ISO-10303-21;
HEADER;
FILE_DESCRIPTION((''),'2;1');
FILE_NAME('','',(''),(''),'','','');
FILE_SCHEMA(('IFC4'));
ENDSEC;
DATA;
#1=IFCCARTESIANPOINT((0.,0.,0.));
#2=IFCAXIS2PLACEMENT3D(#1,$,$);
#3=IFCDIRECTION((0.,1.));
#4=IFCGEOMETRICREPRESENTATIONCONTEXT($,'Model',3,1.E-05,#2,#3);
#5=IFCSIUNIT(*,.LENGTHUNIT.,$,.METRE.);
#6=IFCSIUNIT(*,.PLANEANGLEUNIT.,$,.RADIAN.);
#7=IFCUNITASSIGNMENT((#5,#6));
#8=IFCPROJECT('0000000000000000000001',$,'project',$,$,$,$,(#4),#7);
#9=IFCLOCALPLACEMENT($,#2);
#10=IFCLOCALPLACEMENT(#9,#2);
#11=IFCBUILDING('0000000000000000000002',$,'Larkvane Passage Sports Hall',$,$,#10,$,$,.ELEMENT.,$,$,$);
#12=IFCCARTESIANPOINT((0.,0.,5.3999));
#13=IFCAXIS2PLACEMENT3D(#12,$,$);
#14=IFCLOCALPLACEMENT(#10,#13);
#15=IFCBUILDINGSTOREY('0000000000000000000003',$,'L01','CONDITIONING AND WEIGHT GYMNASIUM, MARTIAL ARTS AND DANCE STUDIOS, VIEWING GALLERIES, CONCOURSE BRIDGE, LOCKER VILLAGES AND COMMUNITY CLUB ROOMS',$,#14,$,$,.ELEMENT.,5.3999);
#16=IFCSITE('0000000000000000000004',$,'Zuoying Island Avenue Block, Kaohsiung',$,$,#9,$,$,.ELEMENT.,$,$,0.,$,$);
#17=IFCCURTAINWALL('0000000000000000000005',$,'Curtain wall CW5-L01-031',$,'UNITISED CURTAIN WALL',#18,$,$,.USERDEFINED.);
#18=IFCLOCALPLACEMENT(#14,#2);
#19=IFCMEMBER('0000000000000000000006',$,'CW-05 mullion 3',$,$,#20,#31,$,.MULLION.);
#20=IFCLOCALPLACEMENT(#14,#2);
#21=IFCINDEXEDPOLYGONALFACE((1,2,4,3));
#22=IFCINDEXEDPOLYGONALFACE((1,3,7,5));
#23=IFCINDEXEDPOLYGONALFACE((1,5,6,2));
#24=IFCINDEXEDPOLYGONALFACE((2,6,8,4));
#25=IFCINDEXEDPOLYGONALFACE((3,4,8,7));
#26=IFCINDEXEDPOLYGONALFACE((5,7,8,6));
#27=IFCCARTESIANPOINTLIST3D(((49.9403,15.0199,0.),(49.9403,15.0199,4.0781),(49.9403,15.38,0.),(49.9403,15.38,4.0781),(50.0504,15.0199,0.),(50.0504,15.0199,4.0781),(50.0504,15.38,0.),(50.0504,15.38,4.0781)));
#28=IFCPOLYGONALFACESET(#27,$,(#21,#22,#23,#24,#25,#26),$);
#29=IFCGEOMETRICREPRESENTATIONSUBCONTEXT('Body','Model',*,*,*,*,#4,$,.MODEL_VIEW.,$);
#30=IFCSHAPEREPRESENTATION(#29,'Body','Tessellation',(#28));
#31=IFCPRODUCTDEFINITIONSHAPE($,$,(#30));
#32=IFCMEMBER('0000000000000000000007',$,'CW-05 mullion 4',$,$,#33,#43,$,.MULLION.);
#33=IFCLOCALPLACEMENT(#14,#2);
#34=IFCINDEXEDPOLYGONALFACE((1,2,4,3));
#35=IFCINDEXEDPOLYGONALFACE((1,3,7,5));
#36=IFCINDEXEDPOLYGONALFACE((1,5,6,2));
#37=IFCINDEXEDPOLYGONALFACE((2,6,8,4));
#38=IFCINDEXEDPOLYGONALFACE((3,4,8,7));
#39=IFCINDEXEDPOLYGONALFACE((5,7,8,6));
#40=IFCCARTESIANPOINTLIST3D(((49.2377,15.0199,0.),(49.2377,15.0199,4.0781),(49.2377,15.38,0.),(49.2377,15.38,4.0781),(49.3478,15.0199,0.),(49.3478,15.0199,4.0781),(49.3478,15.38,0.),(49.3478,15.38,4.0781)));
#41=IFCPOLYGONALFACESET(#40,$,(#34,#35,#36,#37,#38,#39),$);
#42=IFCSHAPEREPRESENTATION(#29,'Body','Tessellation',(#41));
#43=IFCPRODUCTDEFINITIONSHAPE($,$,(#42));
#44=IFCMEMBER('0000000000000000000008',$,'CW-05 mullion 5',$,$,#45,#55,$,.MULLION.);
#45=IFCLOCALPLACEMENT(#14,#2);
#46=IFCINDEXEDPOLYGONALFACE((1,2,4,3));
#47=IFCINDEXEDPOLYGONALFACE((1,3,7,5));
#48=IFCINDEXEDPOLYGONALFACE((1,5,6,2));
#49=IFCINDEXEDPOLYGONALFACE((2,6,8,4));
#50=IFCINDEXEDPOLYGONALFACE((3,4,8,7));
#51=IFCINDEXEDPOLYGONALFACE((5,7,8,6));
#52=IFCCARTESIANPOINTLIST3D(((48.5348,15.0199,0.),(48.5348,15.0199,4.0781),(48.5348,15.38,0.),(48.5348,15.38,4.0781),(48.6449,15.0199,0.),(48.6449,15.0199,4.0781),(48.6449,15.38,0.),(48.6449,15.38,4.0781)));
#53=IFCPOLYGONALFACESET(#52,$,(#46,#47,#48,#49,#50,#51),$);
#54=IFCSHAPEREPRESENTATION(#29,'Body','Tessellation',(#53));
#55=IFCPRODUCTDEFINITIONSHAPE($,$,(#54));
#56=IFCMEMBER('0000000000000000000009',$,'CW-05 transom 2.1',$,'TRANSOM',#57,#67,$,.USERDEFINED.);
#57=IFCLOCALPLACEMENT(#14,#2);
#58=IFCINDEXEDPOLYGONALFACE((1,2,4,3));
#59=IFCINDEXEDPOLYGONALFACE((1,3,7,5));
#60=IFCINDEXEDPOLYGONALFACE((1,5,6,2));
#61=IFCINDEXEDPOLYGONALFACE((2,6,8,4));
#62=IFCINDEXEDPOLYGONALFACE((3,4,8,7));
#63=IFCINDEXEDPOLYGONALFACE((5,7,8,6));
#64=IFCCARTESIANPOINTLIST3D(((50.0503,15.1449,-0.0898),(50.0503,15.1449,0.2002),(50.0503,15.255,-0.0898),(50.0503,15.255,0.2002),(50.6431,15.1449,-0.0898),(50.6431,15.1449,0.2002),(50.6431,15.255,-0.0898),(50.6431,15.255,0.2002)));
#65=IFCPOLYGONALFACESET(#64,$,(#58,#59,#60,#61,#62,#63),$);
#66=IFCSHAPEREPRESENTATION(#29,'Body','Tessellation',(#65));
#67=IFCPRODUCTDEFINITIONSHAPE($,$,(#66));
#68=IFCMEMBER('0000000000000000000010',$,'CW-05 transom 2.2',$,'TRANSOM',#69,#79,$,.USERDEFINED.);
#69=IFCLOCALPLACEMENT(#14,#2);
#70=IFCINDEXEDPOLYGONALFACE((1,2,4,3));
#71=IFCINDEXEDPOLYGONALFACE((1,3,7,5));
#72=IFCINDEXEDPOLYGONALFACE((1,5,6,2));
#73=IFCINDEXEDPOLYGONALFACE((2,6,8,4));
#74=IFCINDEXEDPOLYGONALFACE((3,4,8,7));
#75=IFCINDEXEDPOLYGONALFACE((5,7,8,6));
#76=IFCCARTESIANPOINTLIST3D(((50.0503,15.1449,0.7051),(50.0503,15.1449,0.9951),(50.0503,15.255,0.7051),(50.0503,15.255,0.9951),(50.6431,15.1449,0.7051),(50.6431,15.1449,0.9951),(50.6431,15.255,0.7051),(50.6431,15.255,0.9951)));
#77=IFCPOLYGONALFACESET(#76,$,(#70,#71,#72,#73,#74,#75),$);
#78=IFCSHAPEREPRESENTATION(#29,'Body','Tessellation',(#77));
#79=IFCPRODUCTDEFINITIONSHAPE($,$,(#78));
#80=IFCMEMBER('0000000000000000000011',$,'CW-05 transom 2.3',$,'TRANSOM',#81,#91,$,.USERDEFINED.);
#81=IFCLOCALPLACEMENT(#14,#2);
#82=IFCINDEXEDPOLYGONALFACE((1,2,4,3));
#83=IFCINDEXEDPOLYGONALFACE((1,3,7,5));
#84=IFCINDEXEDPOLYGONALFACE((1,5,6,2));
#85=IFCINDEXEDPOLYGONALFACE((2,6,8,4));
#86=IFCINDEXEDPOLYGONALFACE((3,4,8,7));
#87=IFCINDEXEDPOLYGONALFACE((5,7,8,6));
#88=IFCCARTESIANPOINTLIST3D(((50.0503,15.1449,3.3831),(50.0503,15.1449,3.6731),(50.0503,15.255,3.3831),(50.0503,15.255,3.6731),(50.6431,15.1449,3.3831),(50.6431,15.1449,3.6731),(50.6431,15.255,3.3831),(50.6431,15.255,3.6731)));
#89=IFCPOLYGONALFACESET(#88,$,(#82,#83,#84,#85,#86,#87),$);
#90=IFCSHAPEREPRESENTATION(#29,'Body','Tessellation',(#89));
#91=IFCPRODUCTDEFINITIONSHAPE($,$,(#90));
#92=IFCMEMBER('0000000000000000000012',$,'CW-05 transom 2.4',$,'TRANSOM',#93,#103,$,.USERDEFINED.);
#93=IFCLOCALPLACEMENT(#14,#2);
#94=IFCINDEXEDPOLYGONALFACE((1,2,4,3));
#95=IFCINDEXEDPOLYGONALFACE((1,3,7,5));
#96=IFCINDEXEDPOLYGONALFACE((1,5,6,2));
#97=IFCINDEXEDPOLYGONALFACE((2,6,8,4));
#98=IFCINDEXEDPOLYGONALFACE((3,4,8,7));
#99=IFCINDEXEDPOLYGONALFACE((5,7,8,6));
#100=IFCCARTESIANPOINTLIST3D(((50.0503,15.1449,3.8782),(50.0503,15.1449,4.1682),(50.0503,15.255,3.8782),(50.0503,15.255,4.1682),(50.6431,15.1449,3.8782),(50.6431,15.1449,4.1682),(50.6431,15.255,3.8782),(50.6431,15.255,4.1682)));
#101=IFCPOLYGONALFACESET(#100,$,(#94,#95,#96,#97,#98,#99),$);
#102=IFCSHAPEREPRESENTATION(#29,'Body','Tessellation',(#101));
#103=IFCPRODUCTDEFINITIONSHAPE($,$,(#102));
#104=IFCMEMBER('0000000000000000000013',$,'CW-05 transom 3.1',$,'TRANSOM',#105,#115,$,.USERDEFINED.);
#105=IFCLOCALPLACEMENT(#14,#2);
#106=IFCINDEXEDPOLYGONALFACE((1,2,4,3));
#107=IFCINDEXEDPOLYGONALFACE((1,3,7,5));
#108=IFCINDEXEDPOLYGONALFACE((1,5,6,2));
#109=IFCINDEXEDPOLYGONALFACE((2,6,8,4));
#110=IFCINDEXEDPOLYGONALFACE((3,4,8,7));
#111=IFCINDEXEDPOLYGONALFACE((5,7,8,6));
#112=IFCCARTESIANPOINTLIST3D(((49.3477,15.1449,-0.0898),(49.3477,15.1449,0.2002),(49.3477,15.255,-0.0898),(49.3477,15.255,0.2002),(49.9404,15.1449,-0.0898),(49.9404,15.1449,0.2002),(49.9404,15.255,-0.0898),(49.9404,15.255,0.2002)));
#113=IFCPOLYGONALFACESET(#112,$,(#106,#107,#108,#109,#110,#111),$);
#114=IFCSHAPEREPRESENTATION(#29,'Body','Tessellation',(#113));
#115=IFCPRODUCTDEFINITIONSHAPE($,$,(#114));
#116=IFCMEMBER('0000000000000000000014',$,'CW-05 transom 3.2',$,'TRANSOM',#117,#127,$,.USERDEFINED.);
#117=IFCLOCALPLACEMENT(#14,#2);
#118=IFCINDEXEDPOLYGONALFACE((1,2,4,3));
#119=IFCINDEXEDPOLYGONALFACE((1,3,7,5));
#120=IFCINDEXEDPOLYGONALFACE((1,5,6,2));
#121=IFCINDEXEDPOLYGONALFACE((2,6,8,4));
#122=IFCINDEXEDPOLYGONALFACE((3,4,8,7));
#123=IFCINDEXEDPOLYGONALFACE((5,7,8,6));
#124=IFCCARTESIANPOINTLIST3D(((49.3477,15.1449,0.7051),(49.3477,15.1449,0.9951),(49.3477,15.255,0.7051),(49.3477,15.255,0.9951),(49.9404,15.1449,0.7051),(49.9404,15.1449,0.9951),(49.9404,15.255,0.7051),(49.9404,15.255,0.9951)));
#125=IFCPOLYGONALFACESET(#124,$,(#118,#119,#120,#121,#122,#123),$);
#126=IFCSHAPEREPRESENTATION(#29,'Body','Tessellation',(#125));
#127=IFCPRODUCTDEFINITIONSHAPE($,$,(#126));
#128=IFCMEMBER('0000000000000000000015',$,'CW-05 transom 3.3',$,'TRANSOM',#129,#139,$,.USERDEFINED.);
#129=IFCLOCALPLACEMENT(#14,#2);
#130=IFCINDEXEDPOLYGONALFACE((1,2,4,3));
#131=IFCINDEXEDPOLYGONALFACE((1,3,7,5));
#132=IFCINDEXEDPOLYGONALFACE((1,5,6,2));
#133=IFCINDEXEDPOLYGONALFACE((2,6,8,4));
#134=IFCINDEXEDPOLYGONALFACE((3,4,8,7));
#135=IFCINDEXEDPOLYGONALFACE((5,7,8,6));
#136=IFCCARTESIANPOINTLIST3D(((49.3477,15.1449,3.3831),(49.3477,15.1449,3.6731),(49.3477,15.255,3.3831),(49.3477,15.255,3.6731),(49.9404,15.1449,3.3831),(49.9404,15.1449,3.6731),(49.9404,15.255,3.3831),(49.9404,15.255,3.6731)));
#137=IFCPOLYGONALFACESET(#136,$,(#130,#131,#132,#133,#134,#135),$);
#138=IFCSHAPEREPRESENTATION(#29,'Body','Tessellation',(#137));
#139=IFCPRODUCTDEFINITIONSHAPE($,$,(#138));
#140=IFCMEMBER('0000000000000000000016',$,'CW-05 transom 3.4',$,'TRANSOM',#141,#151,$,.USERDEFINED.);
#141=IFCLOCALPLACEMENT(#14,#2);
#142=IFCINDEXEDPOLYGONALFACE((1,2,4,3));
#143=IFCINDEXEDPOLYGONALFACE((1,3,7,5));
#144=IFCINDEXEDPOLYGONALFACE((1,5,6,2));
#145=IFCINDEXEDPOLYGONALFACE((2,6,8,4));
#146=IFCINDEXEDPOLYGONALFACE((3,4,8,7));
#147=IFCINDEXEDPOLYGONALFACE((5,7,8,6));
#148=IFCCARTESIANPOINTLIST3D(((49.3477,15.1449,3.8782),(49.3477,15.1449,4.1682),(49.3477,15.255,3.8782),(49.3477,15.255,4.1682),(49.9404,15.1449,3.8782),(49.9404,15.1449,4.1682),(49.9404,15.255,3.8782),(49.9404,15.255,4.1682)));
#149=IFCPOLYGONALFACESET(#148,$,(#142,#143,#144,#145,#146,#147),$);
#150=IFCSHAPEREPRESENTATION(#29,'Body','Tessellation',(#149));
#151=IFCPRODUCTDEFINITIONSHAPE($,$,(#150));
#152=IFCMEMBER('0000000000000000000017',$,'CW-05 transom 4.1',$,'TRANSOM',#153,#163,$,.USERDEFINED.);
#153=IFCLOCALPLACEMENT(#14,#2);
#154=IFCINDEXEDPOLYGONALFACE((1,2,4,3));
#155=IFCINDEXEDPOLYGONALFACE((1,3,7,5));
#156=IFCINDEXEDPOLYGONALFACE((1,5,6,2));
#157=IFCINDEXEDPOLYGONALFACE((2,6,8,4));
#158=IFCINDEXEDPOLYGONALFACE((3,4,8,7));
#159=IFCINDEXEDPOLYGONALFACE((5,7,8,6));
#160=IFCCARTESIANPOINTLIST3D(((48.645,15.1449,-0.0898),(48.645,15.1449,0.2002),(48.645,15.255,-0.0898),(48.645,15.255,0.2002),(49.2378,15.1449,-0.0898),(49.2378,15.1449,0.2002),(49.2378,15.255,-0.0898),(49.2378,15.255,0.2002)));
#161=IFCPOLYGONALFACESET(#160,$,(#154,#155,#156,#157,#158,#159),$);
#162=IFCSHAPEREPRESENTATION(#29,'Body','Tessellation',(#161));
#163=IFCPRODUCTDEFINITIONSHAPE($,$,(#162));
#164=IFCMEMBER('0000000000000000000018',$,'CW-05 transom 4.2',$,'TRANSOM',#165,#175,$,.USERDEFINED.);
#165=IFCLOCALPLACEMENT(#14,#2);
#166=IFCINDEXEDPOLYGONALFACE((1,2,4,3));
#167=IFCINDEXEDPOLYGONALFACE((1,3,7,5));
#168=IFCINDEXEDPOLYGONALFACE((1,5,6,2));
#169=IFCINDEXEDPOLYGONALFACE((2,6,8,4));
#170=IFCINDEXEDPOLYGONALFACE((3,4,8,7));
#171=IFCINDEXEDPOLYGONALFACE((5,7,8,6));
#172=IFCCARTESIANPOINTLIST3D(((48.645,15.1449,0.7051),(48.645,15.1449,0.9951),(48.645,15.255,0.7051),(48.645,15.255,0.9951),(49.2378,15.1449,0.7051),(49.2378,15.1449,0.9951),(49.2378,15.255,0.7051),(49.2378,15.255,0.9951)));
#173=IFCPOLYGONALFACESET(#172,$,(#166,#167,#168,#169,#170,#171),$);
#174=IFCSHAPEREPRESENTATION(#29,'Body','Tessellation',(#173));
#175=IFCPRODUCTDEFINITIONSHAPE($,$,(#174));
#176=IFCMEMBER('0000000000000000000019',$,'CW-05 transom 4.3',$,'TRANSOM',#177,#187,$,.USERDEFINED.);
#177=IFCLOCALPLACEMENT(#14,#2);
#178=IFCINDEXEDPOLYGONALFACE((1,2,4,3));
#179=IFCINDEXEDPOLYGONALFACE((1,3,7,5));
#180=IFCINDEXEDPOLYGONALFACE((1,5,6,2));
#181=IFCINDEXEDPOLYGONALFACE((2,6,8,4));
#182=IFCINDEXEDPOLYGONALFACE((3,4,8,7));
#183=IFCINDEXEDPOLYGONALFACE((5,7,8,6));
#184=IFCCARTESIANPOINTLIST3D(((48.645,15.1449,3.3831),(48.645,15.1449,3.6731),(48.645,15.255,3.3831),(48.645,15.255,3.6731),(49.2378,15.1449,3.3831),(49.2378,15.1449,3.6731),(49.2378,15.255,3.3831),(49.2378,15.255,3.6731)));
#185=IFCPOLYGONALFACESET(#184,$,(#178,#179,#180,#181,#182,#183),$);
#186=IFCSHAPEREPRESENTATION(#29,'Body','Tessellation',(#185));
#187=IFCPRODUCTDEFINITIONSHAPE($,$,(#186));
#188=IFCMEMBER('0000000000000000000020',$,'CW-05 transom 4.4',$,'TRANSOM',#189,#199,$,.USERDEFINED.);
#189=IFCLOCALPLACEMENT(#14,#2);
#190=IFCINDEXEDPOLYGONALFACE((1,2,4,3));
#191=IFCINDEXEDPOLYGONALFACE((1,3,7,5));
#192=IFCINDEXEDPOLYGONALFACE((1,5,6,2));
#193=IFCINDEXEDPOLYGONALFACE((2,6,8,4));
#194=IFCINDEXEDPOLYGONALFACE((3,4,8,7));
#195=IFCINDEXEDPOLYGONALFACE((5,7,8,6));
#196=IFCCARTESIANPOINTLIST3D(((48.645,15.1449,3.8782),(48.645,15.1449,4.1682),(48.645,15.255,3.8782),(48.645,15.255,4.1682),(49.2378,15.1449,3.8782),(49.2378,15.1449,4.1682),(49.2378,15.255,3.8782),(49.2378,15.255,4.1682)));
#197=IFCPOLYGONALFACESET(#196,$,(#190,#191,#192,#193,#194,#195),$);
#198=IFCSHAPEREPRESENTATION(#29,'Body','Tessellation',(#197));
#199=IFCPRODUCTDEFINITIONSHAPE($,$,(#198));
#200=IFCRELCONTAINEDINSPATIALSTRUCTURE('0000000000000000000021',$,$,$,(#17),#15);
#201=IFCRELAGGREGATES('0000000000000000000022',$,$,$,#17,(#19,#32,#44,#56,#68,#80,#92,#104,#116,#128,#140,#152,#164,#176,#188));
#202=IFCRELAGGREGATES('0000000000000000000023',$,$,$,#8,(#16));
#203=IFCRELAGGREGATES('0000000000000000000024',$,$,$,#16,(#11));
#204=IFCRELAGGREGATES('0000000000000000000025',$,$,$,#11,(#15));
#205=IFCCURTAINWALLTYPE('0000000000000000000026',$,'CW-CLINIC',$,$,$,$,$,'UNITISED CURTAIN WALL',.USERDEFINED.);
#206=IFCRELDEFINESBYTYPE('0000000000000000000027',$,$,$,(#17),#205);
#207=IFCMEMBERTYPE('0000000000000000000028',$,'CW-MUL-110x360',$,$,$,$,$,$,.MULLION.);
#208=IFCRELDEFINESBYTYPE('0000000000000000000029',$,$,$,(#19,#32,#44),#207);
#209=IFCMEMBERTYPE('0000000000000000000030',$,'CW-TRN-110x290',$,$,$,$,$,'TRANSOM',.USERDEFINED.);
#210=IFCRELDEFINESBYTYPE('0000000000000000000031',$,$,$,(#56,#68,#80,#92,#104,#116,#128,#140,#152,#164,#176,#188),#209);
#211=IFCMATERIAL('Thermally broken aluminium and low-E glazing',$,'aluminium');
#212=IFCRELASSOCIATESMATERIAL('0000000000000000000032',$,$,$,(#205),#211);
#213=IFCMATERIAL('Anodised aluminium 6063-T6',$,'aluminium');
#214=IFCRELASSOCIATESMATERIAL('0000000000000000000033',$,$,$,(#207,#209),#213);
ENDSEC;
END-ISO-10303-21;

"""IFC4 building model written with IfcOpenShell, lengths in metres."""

from ifc_helpers import new_model, si_unit, direction, frame, origin, origin_2d, place, context, subcontext, project, spatial, rectangle, extrude, material, material_profile, profile_set, type_object, element, aggregate, save


model = new_model("IFC4")

# Units and contexts
model_context = context("Model", 3, precision=1e-05, world=origin(), true_north=direction((0.0, 1.0)))
body_context = subcontext(model_context, "Body", "Model", "MODEL_VIEW")
ifc_project = project(units=[si_unit("LENGTHUNIT", "METRE"), si_unit("PLANEANGLEUNIT", "RADIAN")], contexts=[model_context])

# Site, building, storey
site_placement = place(None, origin())
site = spatial("IfcSite", under=ifc_project, at=site_placement, Name="Zuoying Island Avenue Block, Kaohsiung", CompositionType="ELEMENT", RefElevation=0.0)
building_placement = place(site_placement, origin())
building = spatial("IfcBuilding", under=site, at=building_placement, Name="Larkvane Passage Sports Hall", CompositionType="ELEMENT")
storey_placement = place(building_placement, frame((0.0, 0.0, 5.3999)))
storey = spatial("IfcBuildingStorey", under=building, at=storey_placement, Name="L01", Description="CONDITIONING AND WEIGHT GYMNASIUM, MARTIAL ARTS AND DANCE STUDIOS, VIEWING GALLERIES, CONCOURSE BRIDGE, LOCKER VILLAGES AND COMMUNITY CLUB ROOMS", CompositionType="ELEMENT", Elevation=5.3999)

# Curtain wall, members
ifc_material_1 = material(Name="Thermally broken aluminium and low-E glazing", Category="aluminium")
curtain_wall_type = type_object("IfcCurtainWallType", Name="CW-CLINIC", ElementType="UNITISED CURTAIN WALL", PredefinedType="USERDEFINED", material=ifc_material_1)
curtain_wall_placement = place(storey_placement, origin())
curtain_wall = element("IfcCurtainWall", 1, at=curtain_wall_placement, inside=storey, type_object=curtain_wall_type, Name="Curtain wall CW5-L01-031", ObjectType="UNITISED CURTAIN WALL", PredefinedType="USERDEFINED")
ifc_material_2 = material(Name="Anodised aluminium 6063-T6", Category="aluminium")
ifc_material_profile_1 = material_profile(ifc_material_2, rectangle(XDim=0.1101, YDim=0.3601, at=origin_2d()), Name="ALU-MUL-110x360")
ifc_profile_set_1 = profile_set([ifc_material_profile_1], Name="Anodised aluminium 6063-T6")
member_type_1 = type_object("IfcMemberType", Name="CW-MUL-110x360", PredefinedType="MULLION", material=ifc_profile_set_1)
member_1_placement = place(storey_placement, frame((49.9954, 15.2, 0.0), z_axis=(0.0, 0.0, 1.0), x_axis=(-1.0, 0.0, 0.0)))
member_1 = element("IfcMember", 2, at=member_1_placement, type_object=member_type_1, Name="CW-05 mullion 3", PredefinedType="MULLION", context=body_context, shape_type="SweptSolid", body=[
    extrude(rectangle(XDim=0.1101, YDim=0.3601, at=origin_2d()), origin(), (0.0, 0.0, 1.0), 4.0781),
])
member_2_placement = place(storey_placement, frame((49.2927, 15.2, 0.0), z_axis=(0.0, 0.0, 1.0), x_axis=(-1.0, 0.0, 0.0)))
member_2 = element("IfcMember", 3, at=member_2_placement, type_object=member_type_1, Name="CW-05 mullion 4", PredefinedType="MULLION", context=body_context, shape_type="SweptSolid", body=[
    extrude(rectangle(XDim=0.1101, YDim=0.3601, at=origin_2d()), origin(), (0.0, 0.0, 1.0), 4.0781),
])
member_3_placement = place(storey_placement, frame((48.5898, 15.2, 0.0), z_axis=(0.0, 0.0, 1.0), x_axis=(-1.0, 0.0, 0.0)))
member_3 = element("IfcMember", 4, at=member_3_placement, type_object=member_type_1, Name="CW-05 mullion 5", PredefinedType="MULLION", context=body_context, shape_type="SweptSolid", body=[
    extrude(rectangle(XDim=0.1101, YDim=0.3601, at=origin_2d()), origin(), (0.0, 0.0, 1.0), 4.0781),
])
ifc_material_profile_2 = material_profile(ifc_material_2, rectangle(XDim=0.1101, YDim=0.29, at=origin_2d()), Name="ALU-TRN-110x290")
ifc_profile_set_2 = profile_set([ifc_material_profile_2], Name="Anodised aluminium 6063-T6")
member_type_2 = type_object("IfcMemberType", Name="CW-TRN-110x290", ElementType="TRANSOM", PredefinedType="USERDEFINED", material=ifc_profile_set_2)
member_4_placement = place(storey_placement, frame((50.6431, 15.2, 0.0552), z_axis=(-1.0, 0.0, 0.0), x_axis=(0.0, -1.0, 0.0)))
member_4 = element("IfcMember", 5, at=member_4_placement, type_object=member_type_2, Name="CW-05 transom 2.1", ObjectType="TRANSOM", PredefinedType="USERDEFINED", context=body_context, shape_type="SweptSolid", body=[
    extrude(rectangle(XDim=0.1101, YDim=0.29, at=origin_2d()), origin(), (0.0, 0.0, 1.0), 0.5928),
])
member_5_placement = place(storey_placement, frame((50.6431, 15.2, 0.8501), z_axis=(-1.0, 0.0, 0.0), x_axis=(0.0, -1.0, 0.0)))
member_5 = element("IfcMember", 6, at=member_5_placement, type_object=member_type_2, Name="CW-05 transom 2.2", ObjectType="TRANSOM", PredefinedType="USERDEFINED", context=body_context, shape_type="SweptSolid", body=[
    extrude(rectangle(XDim=0.1101, YDim=0.29, at=origin_2d()), origin(), (0.0, 0.0, 1.0), 0.5928),
])
member_6_placement = place(storey_placement, frame((50.6431, 15.2, 3.5281), z_axis=(-1.0, 0.0, 0.0), x_axis=(0.0, -1.0, 0.0)))
member_6 = element("IfcMember", 7, at=member_6_placement, type_object=member_type_2, Name="CW-05 transom 2.3", ObjectType="TRANSOM", PredefinedType="USERDEFINED", context=body_context, shape_type="SweptSolid", body=[
    extrude(rectangle(XDim=0.1101, YDim=0.29, at=origin_2d()), origin(), (0.0, 0.0, 1.0), 0.5928),
])
member_7_placement = place(storey_placement, frame((50.6431, 15.2, 4.0232), z_axis=(-1.0, 0.0, 0.0), x_axis=(0.0, -1.0, 0.0)))
member_7 = element("IfcMember", 8, at=member_7_placement, type_object=member_type_2, Name="CW-05 transom 2.4", ObjectType="TRANSOM", PredefinedType="USERDEFINED", context=body_context, shape_type="SweptSolid", body=[
    extrude(rectangle(XDim=0.1101, YDim=0.29, at=origin_2d()), origin(), (0.0, 0.0, 1.0), 0.5928),
])
member_8_placement = place(storey_placement, frame((49.9404, 15.2, 0.0552), z_axis=(-1.0, 0.0, 0.0), x_axis=(0.0, -1.0, 0.0)))
member_8 = element("IfcMember", 9, at=member_8_placement, type_object=member_type_2, Name="CW-05 transom 3.1", ObjectType="TRANSOM", PredefinedType="USERDEFINED", context=body_context, shape_type="SweptSolid", body=[
    extrude(rectangle(XDim=0.1101, YDim=0.29, at=origin_2d()), origin(), (0.0, 0.0, 1.0), 0.5928),
])
member_9_placement = place(storey_placement, frame((49.9404, 15.2, 0.8501), z_axis=(-1.0, 0.0, 0.0), x_axis=(0.0, -1.0, 0.0)))
member_9 = element("IfcMember", 10, at=member_9_placement, type_object=member_type_2, Name="CW-05 transom 3.2", ObjectType="TRANSOM", PredefinedType="USERDEFINED", context=body_context, shape_type="SweptSolid", body=[
    extrude(rectangle(XDim=0.1101, YDim=0.29, at=origin_2d()), origin(), (0.0, 0.0, 1.0), 0.5928),
])
member_10_placement = place(storey_placement, frame((49.9404, 15.2, 3.5281), z_axis=(-1.0, 0.0, 0.0), x_axis=(0.0, -1.0, 0.0)))
member_10 = element("IfcMember", 11, at=member_10_placement, type_object=member_type_2, Name="CW-05 transom 3.3", ObjectType="TRANSOM", PredefinedType="USERDEFINED", context=body_context, shape_type="SweptSolid", body=[
    extrude(rectangle(XDim=0.1101, YDim=0.29, at=origin_2d()), origin(), (0.0, 0.0, 1.0), 0.5928),
])
member_11_placement = place(storey_placement, frame((49.9404, 15.2, 4.0232), z_axis=(-1.0, 0.0, 0.0), x_axis=(0.0, -1.0, 0.0)))
member_11 = element("IfcMember", 12, at=member_11_placement, type_object=member_type_2, Name="CW-05 transom 3.4", ObjectType="TRANSOM", PredefinedType="USERDEFINED", context=body_context, shape_type="SweptSolid", body=[
    extrude(rectangle(XDim=0.1101, YDim=0.29, at=origin_2d()), origin(), (0.0, 0.0, 1.0), 0.5928),
])
member_12_placement = place(storey_placement, frame((49.2378, 15.2, 0.0552), z_axis=(-1.0, 0.0, 0.0), x_axis=(0.0, -1.0, 0.0)))
member_12 = element("IfcMember", 13, at=member_12_placement, type_object=member_type_2, Name="CW-05 transom 4.1", ObjectType="TRANSOM", PredefinedType="USERDEFINED", context=body_context, shape_type="SweptSolid", body=[
    extrude(rectangle(XDim=0.1101, YDim=0.29, at=origin_2d()), origin(), (0.0, 0.0, 1.0), 0.5928),
])
member_13_placement = place(storey_placement, frame((49.2378, 15.2, 0.8501), z_axis=(-1.0, 0.0, 0.0), x_axis=(0.0, -1.0, 0.0)))
member_13 = element("IfcMember", 14, at=member_13_placement, type_object=member_type_2, Name="CW-05 transom 4.2", ObjectType="TRANSOM", PredefinedType="USERDEFINED", context=body_context, shape_type="SweptSolid", body=[
    extrude(rectangle(XDim=0.1101, YDim=0.29, at=origin_2d()), origin(), (0.0, 0.0, 1.0), 0.5928),
])
member_14_placement = place(storey_placement, frame((49.2378, 15.2, 3.5281), z_axis=(-1.0, 0.0, 0.0), x_axis=(0.0, -1.0, 0.0)))
member_14 = element("IfcMember", 15, at=member_14_placement, type_object=member_type_2, Name="CW-05 transom 4.3", ObjectType="TRANSOM", PredefinedType="USERDEFINED", context=body_context, shape_type="SweptSolid", body=[
    extrude(rectangle(XDim=0.1101, YDim=0.29, at=origin_2d()), origin(), (0.0, 0.0, 1.0), 0.5928),
])
member_15_placement = place(storey_placement, frame((49.2378, 15.2, 4.0232), z_axis=(-1.0, 0.0, 0.0), x_axis=(0.0, -1.0, 0.0)))
member_15 = element("IfcMember", 16, at=member_15_placement, type_object=member_type_2, Name="CW-05 transom 4.4", ObjectType="TRANSOM", PredefinedType="USERDEFINED", context=body_context, shape_type="SweptSolid", body=[
    extrude(rectangle(XDim=0.1101, YDim=0.29, at=origin_2d()), origin(), (0.0, 0.0, 1.0), 0.5928),
])
aggregate(curtain_wall, [member_1, member_2, member_3, member_4, member_5, member_6, member_7, member_8, member_9, member_10, member_11, member_12, member_13, member_14, member_15])

save(model, "model.ifc")
